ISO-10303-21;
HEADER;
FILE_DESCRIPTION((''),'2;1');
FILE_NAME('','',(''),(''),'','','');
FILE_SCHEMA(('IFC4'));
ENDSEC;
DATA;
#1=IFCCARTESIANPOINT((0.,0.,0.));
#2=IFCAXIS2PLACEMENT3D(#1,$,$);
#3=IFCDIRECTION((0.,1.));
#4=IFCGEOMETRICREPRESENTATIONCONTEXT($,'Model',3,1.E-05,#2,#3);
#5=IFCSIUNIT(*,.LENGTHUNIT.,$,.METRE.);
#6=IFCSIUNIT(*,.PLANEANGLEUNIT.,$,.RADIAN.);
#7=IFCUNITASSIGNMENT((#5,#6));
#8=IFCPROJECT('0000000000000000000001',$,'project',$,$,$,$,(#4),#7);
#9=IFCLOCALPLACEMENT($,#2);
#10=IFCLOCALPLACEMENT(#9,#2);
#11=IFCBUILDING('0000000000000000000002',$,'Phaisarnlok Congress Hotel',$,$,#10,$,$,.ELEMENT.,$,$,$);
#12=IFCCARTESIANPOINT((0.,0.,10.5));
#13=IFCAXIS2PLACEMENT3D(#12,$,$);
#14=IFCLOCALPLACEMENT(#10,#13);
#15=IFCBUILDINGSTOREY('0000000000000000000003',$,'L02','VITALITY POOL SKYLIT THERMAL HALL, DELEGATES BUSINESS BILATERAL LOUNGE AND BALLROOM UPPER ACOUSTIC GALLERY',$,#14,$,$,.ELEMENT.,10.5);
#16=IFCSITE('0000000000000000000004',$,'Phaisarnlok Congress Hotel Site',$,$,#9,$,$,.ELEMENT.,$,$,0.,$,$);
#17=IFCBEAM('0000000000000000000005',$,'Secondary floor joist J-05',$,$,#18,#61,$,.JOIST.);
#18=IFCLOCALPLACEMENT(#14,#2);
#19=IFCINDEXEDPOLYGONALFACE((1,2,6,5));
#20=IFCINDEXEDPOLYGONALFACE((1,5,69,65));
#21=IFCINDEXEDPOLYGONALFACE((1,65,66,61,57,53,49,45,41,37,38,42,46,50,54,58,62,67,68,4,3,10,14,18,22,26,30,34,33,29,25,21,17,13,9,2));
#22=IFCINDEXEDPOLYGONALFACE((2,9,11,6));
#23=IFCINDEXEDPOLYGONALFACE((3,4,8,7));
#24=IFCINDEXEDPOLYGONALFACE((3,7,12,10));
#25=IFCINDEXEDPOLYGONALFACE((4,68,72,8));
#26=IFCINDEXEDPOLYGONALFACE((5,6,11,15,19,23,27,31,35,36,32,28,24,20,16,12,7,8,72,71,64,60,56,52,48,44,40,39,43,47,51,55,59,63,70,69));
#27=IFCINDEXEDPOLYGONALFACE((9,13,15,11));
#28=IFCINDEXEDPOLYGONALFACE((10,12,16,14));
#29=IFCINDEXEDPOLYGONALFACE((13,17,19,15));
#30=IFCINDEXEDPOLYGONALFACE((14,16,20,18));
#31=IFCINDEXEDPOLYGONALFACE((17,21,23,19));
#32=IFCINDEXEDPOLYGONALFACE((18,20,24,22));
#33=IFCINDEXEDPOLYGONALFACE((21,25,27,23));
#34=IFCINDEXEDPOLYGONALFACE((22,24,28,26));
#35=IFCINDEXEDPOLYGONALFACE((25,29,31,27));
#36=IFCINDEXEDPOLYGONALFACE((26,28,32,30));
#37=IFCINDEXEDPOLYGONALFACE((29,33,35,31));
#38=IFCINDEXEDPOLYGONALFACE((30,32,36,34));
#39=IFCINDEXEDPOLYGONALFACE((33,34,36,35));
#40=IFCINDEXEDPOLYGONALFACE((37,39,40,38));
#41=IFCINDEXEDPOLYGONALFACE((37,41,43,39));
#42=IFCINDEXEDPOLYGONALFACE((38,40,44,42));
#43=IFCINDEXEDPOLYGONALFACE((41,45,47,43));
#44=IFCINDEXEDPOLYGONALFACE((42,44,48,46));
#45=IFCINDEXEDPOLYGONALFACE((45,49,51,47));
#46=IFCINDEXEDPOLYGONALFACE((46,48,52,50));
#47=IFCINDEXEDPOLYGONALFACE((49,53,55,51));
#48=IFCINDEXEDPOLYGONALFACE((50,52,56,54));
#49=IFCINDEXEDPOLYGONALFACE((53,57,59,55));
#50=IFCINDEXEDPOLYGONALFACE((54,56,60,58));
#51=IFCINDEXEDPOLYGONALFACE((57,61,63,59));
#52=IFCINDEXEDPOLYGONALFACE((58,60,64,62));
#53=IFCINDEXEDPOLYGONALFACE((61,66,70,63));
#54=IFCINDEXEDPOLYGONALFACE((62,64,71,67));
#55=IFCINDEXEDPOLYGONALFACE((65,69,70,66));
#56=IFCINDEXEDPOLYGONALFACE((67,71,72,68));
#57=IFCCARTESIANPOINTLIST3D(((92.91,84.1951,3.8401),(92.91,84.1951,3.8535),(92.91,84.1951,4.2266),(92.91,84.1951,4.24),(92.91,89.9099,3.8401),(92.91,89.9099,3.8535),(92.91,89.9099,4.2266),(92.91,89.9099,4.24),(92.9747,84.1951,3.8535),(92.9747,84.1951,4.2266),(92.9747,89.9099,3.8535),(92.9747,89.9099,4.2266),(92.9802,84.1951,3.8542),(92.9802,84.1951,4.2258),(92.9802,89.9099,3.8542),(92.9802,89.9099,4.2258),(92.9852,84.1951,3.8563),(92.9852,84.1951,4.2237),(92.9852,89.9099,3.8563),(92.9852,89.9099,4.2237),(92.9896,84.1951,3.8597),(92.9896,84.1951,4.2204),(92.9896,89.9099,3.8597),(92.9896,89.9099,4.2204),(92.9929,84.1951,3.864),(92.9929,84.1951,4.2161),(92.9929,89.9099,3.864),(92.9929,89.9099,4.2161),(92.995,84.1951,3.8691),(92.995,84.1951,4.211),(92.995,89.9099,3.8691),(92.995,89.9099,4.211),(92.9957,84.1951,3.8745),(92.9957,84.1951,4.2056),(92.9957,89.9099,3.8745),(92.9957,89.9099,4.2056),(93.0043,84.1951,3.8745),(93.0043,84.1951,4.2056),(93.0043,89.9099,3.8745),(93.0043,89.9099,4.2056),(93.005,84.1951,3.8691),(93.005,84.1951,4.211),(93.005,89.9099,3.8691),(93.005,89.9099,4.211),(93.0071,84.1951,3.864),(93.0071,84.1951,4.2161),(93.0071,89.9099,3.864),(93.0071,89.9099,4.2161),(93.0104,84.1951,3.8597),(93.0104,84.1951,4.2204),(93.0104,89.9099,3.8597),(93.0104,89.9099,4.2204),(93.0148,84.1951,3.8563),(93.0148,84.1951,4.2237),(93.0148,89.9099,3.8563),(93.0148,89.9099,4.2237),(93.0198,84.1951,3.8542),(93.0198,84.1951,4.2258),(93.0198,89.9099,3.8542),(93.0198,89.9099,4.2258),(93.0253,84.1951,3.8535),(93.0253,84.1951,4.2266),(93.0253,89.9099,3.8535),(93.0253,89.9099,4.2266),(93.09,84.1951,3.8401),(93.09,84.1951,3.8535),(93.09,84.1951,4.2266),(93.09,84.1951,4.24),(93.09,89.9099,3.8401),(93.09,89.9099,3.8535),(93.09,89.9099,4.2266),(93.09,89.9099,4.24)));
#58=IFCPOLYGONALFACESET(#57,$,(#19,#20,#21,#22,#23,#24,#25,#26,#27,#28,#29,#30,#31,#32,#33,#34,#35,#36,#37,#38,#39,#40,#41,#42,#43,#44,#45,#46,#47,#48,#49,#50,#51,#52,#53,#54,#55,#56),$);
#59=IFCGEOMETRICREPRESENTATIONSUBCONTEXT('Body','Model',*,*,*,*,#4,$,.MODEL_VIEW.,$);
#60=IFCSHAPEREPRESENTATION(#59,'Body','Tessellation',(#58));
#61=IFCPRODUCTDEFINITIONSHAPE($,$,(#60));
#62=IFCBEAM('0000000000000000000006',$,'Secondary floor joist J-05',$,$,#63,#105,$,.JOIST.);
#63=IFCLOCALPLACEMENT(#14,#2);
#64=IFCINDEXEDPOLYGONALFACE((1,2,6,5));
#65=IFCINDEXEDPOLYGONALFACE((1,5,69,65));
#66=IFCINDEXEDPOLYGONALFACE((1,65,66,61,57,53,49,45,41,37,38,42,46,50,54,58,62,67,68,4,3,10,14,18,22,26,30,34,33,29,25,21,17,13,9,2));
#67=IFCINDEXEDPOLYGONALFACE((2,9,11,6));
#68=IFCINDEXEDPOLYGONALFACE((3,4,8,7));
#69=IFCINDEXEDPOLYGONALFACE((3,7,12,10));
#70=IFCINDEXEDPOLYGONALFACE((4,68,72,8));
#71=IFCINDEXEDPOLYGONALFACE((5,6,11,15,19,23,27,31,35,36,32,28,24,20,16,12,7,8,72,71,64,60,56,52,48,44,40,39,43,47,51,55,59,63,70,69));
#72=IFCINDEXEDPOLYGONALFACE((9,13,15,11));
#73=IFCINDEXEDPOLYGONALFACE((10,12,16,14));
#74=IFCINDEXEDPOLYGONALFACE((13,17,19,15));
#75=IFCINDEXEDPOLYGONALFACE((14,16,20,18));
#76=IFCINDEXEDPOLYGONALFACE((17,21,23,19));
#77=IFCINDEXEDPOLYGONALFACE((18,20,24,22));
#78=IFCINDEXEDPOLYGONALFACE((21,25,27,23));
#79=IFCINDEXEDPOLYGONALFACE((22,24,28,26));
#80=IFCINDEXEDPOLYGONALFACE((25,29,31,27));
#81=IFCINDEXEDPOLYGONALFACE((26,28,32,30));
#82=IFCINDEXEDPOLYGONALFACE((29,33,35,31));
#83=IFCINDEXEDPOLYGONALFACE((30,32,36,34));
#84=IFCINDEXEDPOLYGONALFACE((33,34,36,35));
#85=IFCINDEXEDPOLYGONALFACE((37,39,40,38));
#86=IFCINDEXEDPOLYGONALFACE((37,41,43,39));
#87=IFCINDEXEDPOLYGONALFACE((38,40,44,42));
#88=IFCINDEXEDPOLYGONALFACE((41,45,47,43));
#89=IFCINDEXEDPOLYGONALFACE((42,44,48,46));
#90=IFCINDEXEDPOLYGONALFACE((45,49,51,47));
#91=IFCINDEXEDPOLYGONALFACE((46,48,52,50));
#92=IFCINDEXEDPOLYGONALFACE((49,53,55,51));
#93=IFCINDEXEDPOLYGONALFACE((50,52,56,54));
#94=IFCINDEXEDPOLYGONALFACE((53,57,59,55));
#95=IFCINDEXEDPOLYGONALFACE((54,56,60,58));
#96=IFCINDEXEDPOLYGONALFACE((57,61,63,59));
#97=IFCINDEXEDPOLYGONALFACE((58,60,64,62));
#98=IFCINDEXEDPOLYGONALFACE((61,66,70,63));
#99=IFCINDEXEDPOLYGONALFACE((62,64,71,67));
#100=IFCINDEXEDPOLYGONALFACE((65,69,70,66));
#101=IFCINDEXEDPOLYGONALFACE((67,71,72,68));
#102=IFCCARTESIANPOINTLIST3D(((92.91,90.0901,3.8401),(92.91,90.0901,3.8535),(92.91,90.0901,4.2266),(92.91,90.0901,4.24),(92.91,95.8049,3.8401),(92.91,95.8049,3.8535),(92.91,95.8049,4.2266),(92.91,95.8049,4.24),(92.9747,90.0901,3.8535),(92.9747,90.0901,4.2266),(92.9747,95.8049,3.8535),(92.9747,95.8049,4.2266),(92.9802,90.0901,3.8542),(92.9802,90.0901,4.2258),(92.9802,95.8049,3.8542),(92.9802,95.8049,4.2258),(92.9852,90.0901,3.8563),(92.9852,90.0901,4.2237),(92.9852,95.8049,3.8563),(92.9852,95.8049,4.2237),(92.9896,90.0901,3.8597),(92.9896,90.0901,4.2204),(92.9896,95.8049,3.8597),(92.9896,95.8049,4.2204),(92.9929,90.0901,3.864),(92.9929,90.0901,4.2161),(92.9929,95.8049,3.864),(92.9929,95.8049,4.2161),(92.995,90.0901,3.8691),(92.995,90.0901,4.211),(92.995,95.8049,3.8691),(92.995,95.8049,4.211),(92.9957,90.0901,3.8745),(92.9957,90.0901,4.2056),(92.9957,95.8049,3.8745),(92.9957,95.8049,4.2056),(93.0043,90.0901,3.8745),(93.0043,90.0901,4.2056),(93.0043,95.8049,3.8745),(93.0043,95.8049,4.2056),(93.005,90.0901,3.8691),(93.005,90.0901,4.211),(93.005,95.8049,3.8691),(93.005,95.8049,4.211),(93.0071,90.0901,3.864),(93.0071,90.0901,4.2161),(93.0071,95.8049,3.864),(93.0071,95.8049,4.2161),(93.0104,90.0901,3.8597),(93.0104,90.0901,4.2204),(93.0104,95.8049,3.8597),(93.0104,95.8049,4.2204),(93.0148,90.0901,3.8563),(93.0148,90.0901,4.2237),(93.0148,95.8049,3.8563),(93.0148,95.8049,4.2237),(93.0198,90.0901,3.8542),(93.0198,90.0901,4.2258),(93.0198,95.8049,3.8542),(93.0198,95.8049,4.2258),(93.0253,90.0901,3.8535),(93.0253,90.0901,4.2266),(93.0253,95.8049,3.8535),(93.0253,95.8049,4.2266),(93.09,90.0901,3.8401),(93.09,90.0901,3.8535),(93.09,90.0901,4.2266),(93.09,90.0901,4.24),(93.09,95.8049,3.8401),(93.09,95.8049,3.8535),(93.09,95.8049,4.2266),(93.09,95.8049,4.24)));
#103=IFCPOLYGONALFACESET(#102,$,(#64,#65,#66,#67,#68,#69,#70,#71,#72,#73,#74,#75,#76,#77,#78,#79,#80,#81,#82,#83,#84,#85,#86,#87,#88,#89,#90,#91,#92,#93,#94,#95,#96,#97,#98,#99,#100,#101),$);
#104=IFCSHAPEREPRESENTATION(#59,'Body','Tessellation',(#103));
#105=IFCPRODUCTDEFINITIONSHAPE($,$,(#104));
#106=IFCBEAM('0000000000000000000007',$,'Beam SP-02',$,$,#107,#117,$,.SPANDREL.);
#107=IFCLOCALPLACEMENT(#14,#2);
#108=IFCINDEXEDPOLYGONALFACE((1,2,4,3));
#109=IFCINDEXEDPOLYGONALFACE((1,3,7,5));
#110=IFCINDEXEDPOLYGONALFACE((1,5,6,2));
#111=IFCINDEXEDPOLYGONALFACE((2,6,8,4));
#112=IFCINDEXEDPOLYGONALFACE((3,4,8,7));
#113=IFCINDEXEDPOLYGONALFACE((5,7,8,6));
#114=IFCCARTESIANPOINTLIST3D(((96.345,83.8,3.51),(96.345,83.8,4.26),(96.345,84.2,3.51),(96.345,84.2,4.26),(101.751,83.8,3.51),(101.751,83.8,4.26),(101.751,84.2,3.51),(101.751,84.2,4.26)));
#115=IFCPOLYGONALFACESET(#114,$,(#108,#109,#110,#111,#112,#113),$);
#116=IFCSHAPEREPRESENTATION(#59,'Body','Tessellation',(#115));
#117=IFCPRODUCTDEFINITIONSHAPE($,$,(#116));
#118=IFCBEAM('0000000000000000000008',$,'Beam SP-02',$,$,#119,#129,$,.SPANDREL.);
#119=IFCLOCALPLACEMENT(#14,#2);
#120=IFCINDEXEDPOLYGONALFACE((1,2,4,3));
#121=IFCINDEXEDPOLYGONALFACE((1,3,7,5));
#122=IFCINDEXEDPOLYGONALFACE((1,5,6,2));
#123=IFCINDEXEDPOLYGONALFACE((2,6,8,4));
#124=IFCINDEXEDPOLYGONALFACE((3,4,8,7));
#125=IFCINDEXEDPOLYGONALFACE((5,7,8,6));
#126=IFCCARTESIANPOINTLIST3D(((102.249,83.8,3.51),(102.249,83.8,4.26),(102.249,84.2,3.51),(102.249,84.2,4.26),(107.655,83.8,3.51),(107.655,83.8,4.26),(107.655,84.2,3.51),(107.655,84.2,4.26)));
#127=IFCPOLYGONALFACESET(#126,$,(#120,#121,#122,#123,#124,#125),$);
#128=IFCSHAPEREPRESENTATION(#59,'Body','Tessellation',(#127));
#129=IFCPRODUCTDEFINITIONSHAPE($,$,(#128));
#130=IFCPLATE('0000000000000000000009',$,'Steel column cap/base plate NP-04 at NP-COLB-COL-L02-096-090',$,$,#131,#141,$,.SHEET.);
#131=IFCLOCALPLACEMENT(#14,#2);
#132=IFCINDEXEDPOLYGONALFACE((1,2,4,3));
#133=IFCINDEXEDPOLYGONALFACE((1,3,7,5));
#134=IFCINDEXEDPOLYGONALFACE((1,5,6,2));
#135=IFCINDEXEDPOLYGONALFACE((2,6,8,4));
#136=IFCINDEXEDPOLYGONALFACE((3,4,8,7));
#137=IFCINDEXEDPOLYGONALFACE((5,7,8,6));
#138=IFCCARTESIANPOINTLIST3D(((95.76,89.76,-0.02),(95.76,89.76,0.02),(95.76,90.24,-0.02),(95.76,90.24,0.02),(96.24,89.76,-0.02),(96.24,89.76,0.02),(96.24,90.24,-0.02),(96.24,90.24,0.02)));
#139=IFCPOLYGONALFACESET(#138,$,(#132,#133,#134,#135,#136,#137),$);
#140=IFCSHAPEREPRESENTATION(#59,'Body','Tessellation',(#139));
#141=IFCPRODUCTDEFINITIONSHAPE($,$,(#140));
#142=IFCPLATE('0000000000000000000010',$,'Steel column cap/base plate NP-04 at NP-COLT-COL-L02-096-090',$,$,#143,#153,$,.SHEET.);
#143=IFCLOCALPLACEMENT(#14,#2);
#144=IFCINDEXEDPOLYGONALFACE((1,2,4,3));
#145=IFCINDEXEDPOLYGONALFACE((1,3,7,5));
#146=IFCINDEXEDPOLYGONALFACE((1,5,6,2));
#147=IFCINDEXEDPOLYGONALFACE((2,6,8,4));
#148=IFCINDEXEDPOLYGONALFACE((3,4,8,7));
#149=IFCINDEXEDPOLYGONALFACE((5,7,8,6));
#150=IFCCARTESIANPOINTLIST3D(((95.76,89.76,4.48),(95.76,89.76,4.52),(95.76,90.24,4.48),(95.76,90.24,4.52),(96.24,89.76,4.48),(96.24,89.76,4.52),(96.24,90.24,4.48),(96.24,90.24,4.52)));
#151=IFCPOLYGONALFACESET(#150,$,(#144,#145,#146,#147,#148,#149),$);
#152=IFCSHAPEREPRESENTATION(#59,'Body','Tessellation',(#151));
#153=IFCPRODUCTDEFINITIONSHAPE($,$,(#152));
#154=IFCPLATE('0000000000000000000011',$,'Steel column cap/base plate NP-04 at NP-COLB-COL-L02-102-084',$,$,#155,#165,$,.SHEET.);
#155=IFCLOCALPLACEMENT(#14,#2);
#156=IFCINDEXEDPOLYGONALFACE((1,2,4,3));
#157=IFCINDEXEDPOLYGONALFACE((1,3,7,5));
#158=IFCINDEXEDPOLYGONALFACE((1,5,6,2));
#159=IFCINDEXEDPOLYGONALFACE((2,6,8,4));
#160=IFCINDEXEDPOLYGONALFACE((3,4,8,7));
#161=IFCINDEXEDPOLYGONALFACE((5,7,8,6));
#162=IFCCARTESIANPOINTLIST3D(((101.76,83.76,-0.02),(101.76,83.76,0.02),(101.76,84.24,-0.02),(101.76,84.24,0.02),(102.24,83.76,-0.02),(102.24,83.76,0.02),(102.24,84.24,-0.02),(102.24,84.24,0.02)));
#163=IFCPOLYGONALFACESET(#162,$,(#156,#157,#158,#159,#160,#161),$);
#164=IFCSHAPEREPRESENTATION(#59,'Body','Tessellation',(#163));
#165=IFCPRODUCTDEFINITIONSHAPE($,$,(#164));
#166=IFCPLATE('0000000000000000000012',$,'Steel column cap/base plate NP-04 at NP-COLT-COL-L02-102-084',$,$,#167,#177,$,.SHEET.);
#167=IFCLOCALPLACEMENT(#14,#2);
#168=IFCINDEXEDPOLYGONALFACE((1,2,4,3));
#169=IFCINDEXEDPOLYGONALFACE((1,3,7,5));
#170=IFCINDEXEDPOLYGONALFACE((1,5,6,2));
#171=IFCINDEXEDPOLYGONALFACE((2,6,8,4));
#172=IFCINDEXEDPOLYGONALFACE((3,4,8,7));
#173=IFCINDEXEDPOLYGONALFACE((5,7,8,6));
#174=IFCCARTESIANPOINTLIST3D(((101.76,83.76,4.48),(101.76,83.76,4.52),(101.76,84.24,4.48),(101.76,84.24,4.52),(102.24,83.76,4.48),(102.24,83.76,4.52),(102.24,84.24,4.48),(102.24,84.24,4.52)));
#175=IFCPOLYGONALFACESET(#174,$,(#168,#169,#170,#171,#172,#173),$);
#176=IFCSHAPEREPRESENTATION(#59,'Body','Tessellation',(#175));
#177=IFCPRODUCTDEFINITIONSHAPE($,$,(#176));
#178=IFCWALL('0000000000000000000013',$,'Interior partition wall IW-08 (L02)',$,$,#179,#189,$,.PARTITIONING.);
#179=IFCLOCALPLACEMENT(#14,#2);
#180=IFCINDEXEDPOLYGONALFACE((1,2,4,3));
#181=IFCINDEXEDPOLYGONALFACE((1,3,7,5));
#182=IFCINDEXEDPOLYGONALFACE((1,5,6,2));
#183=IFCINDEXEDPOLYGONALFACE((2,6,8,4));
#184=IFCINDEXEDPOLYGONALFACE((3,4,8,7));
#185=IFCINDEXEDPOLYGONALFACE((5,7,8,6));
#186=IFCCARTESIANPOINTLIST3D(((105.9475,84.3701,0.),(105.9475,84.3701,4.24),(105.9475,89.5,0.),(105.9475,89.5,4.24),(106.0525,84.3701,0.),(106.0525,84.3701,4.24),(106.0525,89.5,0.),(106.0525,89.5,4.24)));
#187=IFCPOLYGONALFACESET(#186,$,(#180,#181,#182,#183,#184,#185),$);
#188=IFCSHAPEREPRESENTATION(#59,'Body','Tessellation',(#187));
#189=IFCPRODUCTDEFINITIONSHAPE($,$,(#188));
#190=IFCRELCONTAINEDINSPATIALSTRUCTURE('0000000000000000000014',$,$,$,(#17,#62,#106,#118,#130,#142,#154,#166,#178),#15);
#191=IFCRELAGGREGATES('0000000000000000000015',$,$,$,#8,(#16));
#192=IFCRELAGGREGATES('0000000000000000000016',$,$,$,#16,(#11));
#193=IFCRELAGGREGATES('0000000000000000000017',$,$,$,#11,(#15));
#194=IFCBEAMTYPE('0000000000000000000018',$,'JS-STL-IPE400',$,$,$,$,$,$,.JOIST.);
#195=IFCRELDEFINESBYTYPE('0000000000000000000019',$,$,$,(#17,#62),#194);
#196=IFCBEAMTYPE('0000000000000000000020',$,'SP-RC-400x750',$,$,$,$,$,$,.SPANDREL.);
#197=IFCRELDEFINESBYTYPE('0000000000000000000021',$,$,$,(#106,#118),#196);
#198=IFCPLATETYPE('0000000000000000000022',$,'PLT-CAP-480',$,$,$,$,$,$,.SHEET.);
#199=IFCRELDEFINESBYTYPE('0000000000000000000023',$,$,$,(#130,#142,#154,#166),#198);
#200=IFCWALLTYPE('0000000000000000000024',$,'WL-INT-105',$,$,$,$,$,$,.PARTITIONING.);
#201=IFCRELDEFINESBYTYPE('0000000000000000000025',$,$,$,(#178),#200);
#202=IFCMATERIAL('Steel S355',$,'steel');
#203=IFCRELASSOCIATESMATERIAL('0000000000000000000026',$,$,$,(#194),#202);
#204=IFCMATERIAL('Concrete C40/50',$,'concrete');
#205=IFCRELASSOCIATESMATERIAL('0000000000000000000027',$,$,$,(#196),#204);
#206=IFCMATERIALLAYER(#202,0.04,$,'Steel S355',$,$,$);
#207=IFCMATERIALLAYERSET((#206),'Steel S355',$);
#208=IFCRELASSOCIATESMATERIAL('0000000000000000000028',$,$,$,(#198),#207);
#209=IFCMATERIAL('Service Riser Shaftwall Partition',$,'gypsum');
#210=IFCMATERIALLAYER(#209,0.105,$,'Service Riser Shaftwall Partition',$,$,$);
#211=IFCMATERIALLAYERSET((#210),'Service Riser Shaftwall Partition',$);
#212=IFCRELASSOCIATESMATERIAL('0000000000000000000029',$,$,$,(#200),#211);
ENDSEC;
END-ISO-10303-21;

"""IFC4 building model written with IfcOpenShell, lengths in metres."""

from ifc_helpers import new_model, si_unit, direction, frame, frame_2d, origin, origin_2d, place, context, subcontext, project, spatial, rectangle, i_section, extrude, material, layer, layer_set, material_profile, profile_set, type_object, element, save


model = new_model("IFC4")

# Units and contexts
model_context = context("Model", 3, precision=1e-05, world=origin(), true_north=direction((0.0, 1.0)))
body_context = subcontext(model_context, "Body", "Model", "MODEL_VIEW")
ifc_project = project(units=[si_unit("LENGTHUNIT", "METRE"), si_unit("PLANEANGLEUNIT", "RADIAN")], contexts=[model_context])

# Site, building, storey
site_placement = place(None, origin())
site = spatial("IfcSite", under=ifc_project, at=site_placement, Name="Phaisarnlok Congress Hotel Site", CompositionType="ELEMENT", RefElevation=0.0)
building_placement = place(site_placement, origin())
building = spatial("IfcBuilding", under=site, at=building_placement, Name="Phaisarnlok Congress Hotel", CompositionType="ELEMENT")
storey_placement = place(building_placement, frame((0.0, 0.0, 10.5)))
storey = spatial("IfcBuildingStorey", under=building, at=storey_placement, Name="L02", Description="VITALITY POOL SKYLIT THERMAL HALL, DELEGATES BUSINESS BILATERAL LOUNGE AND BALLROOM UPPER ACOUSTIC GALLERY", CompositionType="ELEMENT", Elevation=10.5)

# Shared definitions
ifc_material_1 = material(Name="Steel S355", Category="steel")

# Beams
ifc_material_2 = material(Name="Concrete C40/50", Category="concrete")
ifc_material_profile_1 = material_profile(ifc_material_1, i_section(OverallWidth=0.1799, OverallDepth=0.3999, WebThickness=0.0085, FlangeThickness=0.0134, FilletRadius=0.021, at=origin_2d()), Name="IPE 400")
ifc_profile_set_1 = profile_set([ifc_material_profile_1], Name="Steel S355")
beam_type_1 = type_object("IfcBeamType", Name="JS-STL-IPE400", PredefinedType="JOIST", material=ifc_profile_set_1)
for number, where, z_axis, x_axis, name in (
    (1, (93.0, 84.1951, 4.04), (0.0, 1.0, 0.0), (-1.0, 0.0, 0.0), "Secondary floor joist J-05"),
    (2, (93.0, 90.0901, 4.04), (0.0, 1.0, 0.0), (-1.0, 0.0, 0.0), "Secondary floor joist J-05"),
):
    element("IfcBeam", number, at=place(storey_placement, frame(where, z_axis=z_axis, x_axis=x_axis)), inside=storey, type_object=beam_type_1, Name=name, PredefinedType="JOIST", context=body_context, shape_type="SweptSolid", body=[
        extrude(i_section(OverallWidth=0.1799, OverallDepth=0.3999, WebThickness=0.0085, FlangeThickness=0.0134, FilletRadius=0.021, at=origin_2d()), origin(), (0.0, 0.0, 1.0), 5.7148),
    ])
ifc_material_profile_2 = material_profile(ifc_material_2, rectangle(XDim=0.3999, YDim=0.75, at=origin_2d()), Name="RC 400x750")
ifc_profile_set_2 = profile_set([ifc_material_profile_2], Name="Concrete C40/50")
beam_type_2 = type_object("IfcBeamType", Name="SP-RC-400x750", PredefinedType="SPANDREL", material=ifc_profile_set_2)
for number, where, z_axis, x_axis, name in (
    (3, (96.345, 84.0, 3.885), (1.0, 0.0, 0.0), (0.0, 1.0, 0.0), "Beam SP-02"),
    (4, (102.249, 84.0, 3.885), (1.0, 0.0, 0.0), (0.0, 1.0, 0.0), "Beam SP-02"),
):
    element("IfcBeam", number, at=place(storey_placement, frame(where, z_axis=z_axis, x_axis=x_axis)), inside=storey, type_object=beam_type_2, Name=name, PredefinedType="SPANDREL", context=body_context, shape_type="SweptSolid", body=[
        extrude(rectangle(XDim=0.3999, YDim=0.75, at=origin_2d()), origin(), (0.0, 0.0, 1.0), 5.406),
    ])

# Plates
ifc_layer_1 = layer(ifc_material_1, 0.04, Name="Steel S355")
ifc_layer_set_1 = layer_set([ifc_layer_1], Name="Steel S355")
plate_type = type_object("IfcPlateType", Name="PLT-CAP-480", PredefinedType="SHEET", material=ifc_layer_set_1)
for number, where, z_axis, x_axis, name in (
    (5, (96.0, 90.0, -0.02), (0.0, 0.0, 1.0), (1.0, 0.0, 0.0), "Steel column cap/base plate NP-04 at NP-COLB-COL-L02-096-090"),
    (6, (96.0, 90.0, 4.48), (0.0, 0.0, 1.0), (1.0, 0.0, 0.0), "Steel column cap/base plate NP-04 at NP-COLT-COL-L02-096-090"),
    (7, (102.0, 84.0, -0.02), (0.0, 0.0, 1.0), (1.0, 0.0, 0.0), "Steel column cap/base plate NP-04 at NP-COLB-COL-L02-102-084"),
    (8, (102.0, 84.0, 4.48), (0.0, 0.0, 1.0), (1.0, 0.0, 0.0), "Steel column cap/base plate NP-04 at NP-COLT-COL-L02-102-084"),
):
    element("IfcPlate", number, at=place(storey_placement, frame(where, z_axis=z_axis, x_axis=x_axis)), inside=storey, type_object=plate_type, Name=name, PredefinedType="SHEET", context=body_context, shape_type="SweptSolid", body=[
        extrude(rectangle(XDim=0.48, YDim=0.48, at=origin_2d()), origin(), (0.0, 0.0, 1.0), 0.04),
    ])

# Wall
ifc_material_3 = material(Name="Service Riser Shaftwall Partition", Category="gypsum")
ifc_layer_2 = layer(ifc_material_3, 0.105, Name="Service Riser Shaftwall Partition")
ifc_layer_set_2 = layer_set([ifc_layer_2], Name="Service Riser Shaftwall Partition")
wall_type = type_object("IfcWallType", Name="WL-INT-105", PredefinedType="PARTITIONING", material=ifc_layer_set_2)
wall_placement = place(storey_placement, frame((106.0, 84.3701, 0.0), z_axis=(0.0, 0.0, 1.0), x_axis=(0.0, 1.0, 0.0)))
element("IfcWall", 9, at=wall_placement, inside=storey, type_object=wall_type, Name="Interior partition wall IW-08 (L02)", PredefinedType="PARTITIONING", context=body_context, shape_type="SweptSolid", body=[
    extrude(rectangle(XDim=5.1299, YDim=0.105, at=frame_2d((2.5649, 0.0))), origin(), (0.0, 0.0, 1.0), 4.24),
])

save(model, "model.ifc")
